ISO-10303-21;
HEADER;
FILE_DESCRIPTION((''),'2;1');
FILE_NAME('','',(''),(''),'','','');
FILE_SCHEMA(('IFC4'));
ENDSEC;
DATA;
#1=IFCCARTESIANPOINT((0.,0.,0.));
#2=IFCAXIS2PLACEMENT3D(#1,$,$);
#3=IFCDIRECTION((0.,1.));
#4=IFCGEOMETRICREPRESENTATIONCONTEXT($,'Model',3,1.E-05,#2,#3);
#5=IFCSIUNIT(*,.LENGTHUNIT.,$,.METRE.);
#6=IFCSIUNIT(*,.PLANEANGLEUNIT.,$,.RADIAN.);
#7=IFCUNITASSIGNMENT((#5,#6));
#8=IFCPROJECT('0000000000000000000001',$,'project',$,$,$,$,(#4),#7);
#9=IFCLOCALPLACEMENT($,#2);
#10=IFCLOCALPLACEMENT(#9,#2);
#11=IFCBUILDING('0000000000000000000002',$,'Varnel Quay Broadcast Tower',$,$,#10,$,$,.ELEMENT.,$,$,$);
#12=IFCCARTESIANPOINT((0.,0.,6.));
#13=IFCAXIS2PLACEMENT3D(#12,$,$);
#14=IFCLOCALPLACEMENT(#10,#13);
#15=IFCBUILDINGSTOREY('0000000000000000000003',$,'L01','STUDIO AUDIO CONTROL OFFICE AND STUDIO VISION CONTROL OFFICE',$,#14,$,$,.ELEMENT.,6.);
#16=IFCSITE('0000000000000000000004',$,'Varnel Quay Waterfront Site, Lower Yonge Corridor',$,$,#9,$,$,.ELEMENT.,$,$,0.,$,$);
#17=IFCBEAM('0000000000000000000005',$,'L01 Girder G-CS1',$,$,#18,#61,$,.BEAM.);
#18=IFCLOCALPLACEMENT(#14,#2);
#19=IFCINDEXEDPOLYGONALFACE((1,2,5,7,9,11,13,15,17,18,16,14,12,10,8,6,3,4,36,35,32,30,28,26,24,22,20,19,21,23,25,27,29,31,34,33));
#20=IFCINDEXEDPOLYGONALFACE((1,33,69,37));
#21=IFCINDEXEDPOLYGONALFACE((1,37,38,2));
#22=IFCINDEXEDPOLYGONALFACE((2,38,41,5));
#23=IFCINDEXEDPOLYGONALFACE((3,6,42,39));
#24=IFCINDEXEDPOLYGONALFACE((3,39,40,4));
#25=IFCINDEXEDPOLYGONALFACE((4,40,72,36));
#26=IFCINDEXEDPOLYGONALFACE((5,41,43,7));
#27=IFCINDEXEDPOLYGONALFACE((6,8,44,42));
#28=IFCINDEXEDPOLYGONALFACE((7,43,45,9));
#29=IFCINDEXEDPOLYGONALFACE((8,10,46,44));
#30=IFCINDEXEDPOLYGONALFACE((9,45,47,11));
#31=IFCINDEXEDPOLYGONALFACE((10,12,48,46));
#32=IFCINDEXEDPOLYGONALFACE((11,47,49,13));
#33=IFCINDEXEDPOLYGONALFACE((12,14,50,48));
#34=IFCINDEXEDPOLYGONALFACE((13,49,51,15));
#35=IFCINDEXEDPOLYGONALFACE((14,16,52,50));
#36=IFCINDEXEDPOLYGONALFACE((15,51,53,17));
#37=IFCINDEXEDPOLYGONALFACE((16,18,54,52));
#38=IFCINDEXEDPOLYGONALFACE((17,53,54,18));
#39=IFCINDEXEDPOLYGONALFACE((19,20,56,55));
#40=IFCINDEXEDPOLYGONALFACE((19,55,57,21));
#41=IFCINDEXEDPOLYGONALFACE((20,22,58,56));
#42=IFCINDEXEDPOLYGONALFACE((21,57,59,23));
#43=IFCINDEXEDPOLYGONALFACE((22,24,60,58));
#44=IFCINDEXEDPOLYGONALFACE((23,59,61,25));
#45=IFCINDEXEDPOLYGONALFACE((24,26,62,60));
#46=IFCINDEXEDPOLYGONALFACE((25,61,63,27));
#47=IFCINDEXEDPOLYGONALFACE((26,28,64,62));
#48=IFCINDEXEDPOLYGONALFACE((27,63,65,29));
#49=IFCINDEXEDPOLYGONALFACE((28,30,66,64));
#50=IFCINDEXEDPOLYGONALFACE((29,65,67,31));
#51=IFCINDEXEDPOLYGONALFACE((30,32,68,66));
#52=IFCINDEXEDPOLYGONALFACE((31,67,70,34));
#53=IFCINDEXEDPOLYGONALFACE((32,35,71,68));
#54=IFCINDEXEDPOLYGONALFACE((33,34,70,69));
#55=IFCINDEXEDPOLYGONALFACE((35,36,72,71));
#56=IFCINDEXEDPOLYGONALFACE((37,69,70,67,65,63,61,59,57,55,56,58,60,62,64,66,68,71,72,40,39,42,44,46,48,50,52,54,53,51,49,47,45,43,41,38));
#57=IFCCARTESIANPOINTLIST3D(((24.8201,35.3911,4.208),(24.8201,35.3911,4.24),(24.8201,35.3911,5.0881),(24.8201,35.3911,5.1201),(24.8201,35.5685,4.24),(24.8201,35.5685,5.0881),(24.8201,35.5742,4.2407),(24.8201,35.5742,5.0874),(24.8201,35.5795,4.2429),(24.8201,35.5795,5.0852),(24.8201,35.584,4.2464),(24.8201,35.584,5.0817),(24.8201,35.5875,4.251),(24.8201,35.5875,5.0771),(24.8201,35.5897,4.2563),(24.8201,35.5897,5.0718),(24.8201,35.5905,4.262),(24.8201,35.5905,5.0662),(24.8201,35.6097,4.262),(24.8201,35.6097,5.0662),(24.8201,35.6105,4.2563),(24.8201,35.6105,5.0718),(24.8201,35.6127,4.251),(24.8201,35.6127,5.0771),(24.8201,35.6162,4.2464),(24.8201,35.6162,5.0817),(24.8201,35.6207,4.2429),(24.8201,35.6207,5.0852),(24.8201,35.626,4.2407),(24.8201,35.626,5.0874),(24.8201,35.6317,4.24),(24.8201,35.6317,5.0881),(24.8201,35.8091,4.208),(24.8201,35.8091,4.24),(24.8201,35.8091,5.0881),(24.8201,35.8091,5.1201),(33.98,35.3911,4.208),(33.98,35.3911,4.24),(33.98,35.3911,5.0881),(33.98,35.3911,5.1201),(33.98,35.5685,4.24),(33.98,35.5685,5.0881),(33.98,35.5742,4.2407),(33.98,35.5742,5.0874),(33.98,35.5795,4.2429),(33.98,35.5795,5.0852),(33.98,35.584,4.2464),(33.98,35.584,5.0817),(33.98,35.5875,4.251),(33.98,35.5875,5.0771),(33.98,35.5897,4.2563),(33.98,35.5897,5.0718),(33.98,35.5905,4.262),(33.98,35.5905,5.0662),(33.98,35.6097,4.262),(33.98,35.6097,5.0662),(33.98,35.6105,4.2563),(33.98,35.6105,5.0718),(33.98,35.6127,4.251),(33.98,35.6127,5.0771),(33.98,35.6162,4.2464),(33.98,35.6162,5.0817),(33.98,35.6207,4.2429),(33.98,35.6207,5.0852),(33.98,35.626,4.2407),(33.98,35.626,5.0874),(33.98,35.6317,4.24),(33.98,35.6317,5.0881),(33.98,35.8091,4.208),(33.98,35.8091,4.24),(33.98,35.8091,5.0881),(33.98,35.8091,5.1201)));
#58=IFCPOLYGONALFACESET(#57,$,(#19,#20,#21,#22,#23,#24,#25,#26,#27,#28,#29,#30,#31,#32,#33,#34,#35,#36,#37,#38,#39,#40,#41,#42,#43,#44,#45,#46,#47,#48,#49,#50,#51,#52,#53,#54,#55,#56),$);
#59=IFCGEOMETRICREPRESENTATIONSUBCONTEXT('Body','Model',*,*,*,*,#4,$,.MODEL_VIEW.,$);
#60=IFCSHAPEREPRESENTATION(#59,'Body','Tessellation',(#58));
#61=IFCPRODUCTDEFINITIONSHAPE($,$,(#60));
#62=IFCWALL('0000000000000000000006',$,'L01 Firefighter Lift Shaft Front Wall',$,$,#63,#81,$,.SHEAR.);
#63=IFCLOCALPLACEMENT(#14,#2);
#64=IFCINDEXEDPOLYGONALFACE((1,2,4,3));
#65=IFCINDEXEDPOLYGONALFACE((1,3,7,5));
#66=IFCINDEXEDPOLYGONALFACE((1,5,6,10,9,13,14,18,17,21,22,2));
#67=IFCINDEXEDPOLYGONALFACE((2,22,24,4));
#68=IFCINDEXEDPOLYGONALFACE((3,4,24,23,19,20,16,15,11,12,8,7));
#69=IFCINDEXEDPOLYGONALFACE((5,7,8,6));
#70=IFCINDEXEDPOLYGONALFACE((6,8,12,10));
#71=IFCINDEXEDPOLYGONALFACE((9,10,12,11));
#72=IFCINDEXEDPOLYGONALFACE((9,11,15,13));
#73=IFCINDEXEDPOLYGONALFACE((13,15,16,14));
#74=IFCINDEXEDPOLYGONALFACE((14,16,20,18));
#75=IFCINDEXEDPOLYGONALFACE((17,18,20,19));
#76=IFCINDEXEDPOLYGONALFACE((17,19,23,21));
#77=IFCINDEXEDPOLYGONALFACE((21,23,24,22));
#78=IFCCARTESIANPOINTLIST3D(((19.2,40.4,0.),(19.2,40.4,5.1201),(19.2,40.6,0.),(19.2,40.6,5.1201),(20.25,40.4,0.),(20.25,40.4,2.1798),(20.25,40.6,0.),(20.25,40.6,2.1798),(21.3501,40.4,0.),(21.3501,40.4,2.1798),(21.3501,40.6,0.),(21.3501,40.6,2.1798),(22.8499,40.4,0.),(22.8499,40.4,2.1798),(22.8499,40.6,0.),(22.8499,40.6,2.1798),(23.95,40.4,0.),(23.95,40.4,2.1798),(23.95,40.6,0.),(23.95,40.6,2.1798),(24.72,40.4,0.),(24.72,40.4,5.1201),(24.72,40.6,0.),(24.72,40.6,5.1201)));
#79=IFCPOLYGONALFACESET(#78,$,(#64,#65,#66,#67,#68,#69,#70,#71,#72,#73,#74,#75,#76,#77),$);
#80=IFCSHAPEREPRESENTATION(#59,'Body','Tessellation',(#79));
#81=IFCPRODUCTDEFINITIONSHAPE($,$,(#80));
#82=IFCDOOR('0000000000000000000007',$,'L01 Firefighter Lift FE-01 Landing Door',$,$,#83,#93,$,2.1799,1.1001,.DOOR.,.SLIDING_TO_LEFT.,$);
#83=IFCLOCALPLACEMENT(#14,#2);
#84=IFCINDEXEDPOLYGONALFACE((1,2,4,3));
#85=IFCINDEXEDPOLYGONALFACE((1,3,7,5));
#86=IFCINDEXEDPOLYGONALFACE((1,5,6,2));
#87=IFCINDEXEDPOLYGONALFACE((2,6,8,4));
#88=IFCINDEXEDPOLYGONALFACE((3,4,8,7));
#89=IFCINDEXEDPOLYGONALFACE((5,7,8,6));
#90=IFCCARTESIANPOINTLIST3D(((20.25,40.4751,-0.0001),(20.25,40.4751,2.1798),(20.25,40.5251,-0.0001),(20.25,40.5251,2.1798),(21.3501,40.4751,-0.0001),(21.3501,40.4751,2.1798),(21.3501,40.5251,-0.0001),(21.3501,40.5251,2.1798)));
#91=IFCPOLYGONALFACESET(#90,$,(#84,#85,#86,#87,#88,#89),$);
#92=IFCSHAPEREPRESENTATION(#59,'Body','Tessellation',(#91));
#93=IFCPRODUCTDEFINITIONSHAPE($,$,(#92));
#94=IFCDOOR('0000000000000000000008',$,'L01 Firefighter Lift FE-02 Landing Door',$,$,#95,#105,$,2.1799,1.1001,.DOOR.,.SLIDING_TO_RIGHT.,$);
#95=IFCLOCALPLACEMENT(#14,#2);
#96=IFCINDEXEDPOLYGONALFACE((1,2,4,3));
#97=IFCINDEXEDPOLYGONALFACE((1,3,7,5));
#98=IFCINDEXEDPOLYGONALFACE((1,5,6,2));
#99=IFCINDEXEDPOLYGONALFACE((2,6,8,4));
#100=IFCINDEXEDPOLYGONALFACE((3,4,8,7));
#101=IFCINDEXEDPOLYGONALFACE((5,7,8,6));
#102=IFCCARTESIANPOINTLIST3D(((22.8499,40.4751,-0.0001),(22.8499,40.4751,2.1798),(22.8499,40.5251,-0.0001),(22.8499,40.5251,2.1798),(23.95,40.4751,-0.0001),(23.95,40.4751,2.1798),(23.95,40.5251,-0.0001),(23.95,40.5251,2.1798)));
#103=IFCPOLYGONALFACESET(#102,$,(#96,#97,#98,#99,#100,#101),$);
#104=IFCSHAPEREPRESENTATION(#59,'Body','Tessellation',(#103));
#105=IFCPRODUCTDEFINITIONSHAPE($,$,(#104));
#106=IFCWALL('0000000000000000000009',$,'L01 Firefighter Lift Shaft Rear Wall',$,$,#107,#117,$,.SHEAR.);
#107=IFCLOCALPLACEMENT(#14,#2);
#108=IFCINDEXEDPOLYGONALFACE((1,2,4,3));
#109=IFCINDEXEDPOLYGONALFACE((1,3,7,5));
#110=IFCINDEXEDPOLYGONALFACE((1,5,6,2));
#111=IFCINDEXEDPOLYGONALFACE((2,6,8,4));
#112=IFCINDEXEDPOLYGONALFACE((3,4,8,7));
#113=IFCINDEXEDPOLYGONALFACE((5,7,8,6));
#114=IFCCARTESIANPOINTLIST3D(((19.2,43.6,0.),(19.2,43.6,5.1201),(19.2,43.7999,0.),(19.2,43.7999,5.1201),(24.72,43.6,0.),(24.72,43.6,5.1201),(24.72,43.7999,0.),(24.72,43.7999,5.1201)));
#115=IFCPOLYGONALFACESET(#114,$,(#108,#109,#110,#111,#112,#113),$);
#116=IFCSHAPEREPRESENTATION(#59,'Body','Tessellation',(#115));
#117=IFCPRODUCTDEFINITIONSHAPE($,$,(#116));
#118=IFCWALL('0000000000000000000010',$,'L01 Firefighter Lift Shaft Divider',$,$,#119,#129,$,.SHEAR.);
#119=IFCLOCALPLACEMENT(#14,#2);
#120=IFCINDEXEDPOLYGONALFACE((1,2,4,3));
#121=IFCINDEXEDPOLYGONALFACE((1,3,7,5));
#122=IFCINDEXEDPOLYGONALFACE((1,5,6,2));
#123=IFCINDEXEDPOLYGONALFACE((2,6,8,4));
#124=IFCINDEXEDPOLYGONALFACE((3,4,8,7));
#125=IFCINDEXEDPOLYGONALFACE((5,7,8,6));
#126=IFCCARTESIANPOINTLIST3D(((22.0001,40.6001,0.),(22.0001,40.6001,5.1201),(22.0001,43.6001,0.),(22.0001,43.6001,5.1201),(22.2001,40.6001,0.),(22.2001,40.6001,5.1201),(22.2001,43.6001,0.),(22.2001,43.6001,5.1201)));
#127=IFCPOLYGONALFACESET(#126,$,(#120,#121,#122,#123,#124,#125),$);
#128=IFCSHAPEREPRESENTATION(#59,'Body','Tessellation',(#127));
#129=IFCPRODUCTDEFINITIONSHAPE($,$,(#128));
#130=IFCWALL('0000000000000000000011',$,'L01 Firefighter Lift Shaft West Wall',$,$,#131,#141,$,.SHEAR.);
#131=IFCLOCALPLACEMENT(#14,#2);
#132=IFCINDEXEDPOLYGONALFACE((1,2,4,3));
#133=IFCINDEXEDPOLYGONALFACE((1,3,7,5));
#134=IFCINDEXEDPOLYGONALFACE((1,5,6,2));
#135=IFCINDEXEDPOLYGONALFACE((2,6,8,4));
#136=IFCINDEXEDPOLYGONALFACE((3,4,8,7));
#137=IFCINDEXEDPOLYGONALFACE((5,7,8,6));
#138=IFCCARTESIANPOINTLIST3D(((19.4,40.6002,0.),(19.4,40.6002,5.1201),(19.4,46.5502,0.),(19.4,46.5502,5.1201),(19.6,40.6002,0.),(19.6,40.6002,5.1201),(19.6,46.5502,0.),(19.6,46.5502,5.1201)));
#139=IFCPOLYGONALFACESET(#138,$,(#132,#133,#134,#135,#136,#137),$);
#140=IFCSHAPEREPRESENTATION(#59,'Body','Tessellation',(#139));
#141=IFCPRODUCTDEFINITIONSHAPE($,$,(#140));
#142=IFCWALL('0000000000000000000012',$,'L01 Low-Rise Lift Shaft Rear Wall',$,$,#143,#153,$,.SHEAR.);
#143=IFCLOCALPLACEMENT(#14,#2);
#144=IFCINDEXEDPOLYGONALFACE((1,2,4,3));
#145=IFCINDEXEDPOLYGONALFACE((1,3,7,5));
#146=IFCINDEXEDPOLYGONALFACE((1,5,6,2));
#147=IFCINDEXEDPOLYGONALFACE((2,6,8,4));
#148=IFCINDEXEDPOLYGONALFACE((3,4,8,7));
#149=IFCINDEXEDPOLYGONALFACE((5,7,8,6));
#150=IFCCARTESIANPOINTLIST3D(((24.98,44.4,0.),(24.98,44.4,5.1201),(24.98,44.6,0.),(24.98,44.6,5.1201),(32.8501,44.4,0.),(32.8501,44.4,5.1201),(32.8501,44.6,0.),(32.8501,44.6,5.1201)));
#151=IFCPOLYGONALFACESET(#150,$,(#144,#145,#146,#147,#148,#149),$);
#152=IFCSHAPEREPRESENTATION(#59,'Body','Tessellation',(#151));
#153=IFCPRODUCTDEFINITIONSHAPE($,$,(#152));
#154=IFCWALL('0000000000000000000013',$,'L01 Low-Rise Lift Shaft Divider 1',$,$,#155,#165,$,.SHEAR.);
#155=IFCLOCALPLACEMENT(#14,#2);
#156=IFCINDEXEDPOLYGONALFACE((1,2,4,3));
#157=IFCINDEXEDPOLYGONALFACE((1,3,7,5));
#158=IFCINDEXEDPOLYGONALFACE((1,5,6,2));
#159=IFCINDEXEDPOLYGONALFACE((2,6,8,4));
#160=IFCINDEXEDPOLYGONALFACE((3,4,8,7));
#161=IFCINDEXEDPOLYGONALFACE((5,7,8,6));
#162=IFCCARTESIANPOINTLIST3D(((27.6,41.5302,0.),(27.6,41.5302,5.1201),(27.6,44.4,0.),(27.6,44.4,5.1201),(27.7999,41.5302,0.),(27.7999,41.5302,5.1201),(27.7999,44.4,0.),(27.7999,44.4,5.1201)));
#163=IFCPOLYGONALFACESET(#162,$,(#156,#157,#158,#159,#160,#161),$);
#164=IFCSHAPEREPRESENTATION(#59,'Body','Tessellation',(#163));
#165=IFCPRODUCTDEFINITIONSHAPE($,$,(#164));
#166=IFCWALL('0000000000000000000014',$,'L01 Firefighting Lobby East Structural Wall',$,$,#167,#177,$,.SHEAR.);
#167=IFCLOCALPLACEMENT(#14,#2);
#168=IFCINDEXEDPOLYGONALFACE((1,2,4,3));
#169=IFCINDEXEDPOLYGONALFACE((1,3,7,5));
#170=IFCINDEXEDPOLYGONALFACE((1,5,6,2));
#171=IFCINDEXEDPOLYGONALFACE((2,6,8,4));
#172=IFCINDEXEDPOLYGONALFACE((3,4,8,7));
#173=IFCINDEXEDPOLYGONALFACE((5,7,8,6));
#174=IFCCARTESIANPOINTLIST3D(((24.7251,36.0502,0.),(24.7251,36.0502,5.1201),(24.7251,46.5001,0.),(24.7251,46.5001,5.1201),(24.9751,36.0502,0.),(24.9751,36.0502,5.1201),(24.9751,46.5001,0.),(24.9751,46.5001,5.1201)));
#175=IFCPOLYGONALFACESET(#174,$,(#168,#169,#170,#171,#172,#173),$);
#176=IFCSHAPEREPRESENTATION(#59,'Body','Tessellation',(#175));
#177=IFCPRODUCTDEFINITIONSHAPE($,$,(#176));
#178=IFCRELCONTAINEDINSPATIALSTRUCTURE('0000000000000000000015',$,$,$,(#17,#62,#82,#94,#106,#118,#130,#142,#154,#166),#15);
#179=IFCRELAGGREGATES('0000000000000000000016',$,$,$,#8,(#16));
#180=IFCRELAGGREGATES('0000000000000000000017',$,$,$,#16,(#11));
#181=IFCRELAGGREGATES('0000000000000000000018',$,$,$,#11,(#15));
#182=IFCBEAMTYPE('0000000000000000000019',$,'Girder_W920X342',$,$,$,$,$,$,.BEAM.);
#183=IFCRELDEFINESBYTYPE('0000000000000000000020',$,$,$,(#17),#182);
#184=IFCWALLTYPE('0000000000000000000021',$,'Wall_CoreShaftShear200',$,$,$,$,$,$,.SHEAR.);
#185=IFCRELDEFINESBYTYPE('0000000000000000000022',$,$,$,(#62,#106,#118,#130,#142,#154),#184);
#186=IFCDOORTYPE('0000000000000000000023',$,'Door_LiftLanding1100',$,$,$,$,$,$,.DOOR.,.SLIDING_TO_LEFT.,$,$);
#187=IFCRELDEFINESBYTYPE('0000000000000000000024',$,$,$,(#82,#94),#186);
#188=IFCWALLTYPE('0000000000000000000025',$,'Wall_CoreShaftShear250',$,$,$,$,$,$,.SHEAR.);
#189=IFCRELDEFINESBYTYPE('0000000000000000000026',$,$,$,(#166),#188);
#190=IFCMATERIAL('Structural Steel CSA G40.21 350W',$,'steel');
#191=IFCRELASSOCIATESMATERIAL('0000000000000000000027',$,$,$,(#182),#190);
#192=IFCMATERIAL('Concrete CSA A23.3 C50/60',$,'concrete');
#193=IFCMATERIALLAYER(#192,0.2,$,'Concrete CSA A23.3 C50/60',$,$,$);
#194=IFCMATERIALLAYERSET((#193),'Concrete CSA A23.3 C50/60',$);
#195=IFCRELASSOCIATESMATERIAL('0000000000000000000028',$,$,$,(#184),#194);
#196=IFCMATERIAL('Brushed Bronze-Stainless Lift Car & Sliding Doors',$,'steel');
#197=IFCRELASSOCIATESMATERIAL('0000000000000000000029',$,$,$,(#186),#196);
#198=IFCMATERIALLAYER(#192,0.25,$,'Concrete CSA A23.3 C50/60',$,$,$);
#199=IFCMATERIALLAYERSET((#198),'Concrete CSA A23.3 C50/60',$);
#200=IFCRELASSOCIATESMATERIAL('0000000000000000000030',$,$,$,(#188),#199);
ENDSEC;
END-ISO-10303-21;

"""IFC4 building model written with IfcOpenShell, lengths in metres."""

from ifc_helpers import new_model, si_unit, direction, frame, frame_2d, origin, origin_2d, place, context, subcontext, project, spatial, rectangle, i_section, extrude, source, transform, mapped, material, layer, layer_set, material_profile, profile_set, type_object, type_shapes, element, fill, save


model = new_model("IFC4")

# Units and contexts
model_context = context("Model", 3, precision=1e-05, world=origin(), true_north=direction((0.0, 1.0)))
body_context = subcontext(model_context, "Body", "Model", "MODEL_VIEW")
ifc_project = project(units=[si_unit("LENGTHUNIT", "METRE"), si_unit("PLANEANGLEUNIT", "RADIAN")], contexts=[model_context])

# Site, building, storey
site_placement = place(None, origin())
site = spatial("IfcSite", under=ifc_project, at=site_placement, Name="Varnel Quay Waterfront Site, Lower Yonge Corridor", CompositionType="ELEMENT", RefElevation=0.0)
building_placement = place(site_placement, origin())
building = spatial("IfcBuilding", under=site, at=building_placement, Name="Varnel Quay Broadcast Tower", CompositionType="ELEMENT")
storey_placement = place(building_placement, frame((0.0, 0.0, 6.0)))
storey = spatial("IfcBuildingStorey", under=building, at=storey_placement, Name="L01", Description="STUDIO AUDIO CONTROL OFFICE AND STUDIO VISION CONTROL OFFICE", CompositionType="ELEMENT", Elevation=6.0)

# Beam
ifc_material_1 = material(Name="Structural Steel CSA G40.21 350W", Category="steel")
ifc_material_profile_1 = material_profile(ifc_material_1, i_section(OverallWidth=0.418, OverallDepth=0.9121, WebThickness=0.0193, FlangeThickness=0.032, FilletRadius=0.022, at=origin_2d()), Name="W920X342")
ifc_profile_set_1 = profile_set([ifc_material_profile_1], Name="Structural Steel CSA G40.21 350W")
beam_type_1 = type_object("IfcBeamType", Name="Girder_W920X342", PredefinedType="BEAM", material=ifc_profile_set_1)
shared_shape_1 = source(origin(), body_context, "Body", "SweptSolid", [
    extrude(i_section(OverallWidth=0.418, OverallDepth=0.9121, WebThickness=0.0193, FlangeThickness=0.032, FilletRadius=0.022, at=origin_2d()), origin(), (0.0, 0.0, 1.0), 9.1599),
])
type_shapes(beam_type_1, [shared_shape_1])
beam_1_placement = place(storey_placement, frame((24.8201, 35.6001, 4.6641), z_axis=(1.0, 0.0, 0.0), x_axis=(0.0, 1.0, 0.0)))
element("IfcBeam", 1, at=beam_1_placement, inside=storey, type_object=beam_type_1, Name="L01 Girder G-CS1", PredefinedType="BEAM", context=body_context, shape_type="MappedRepresentation", body=[
    mapped(shared_shape_1, transform((0.0, 0.0, 0.0), x_axis=(1.0, 0.0, 0.0), y_axis=(0.0, 1.0, 0.0), z_axis=(0.0, 0.0, 1.0), scale=1.0)),
])

# Wall, openings, doors
ifc_material_2 = material(Name="Concrete CSA A23.3 C50/60", Category="concrete")
ifc_layer_1 = layer(ifc_material_2, 0.2, Name="Concrete CSA A23.3 C50/60")
ifc_layer_set_1 = layer_set([ifc_layer_1], Name="Concrete CSA A23.3 C50/60")
wall_type_1 = type_object("IfcWallType", Name="Wall_CoreShaftShear200", PredefinedType="SHEAR", material=ifc_layer_set_1)
wall_1_placement = place(storey_placement, frame((19.2, 40.5, 0.0), z_axis=(0.0, 0.0, 1.0), x_axis=(1.0, 0.0, 0.0)))
wall_1 = element("IfcWall", 2, at=wall_1_placement, inside=storey, type_object=wall_type_1, Name="L01 Firefighter Lift Shaft Front Wall", PredefinedType="SHEAR", context=body_context, shape_type="SweptSolid", body=[
    extrude(rectangle(XDim=5.52, YDim=0.2, at=frame_2d((2.76, 0.0))), origin(), (0.0, 0.0, 1.0), 5.1201),
])
opening_1_placement = place(wall_1_placement, frame((1.05, 0.0, 0.0)))
opening_1 = element("IfcOpeningElement", 3, at=opening_1_placement, cuts=wall_1, PredefinedType="OPENING", context=body_context, shape_type="SweptSolid", body=[
    extrude(rectangle(XDim=1.1001, YDim=2.1799, at=frame_2d((0.55, 1.0898))), frame((0.0, 0.1099, 0.0), z_axis=(0.0, -1.0, 0.0), x_axis=(1.0, 0.0, 0.0)), (0.0, 0.0, 1.0), 0.22),
])
opening_2_placement = place(wall_1_placement, frame((3.6499, 0.0, 0.0)))
opening_2 = element("IfcOpeningElement", 4, at=opening_2_placement, cuts=wall_1, PredefinedType="OPENING", context=body_context, shape_type="SweptSolid", body=[
    extrude(rectangle(XDim=1.1001, YDim=2.1799, at=frame_2d((0.55, 1.0898))), frame((0.0, 0.1099, 0.0), z_axis=(0.0, -1.0, 0.0), x_axis=(1.0, 0.0, 0.0)), (0.0, 0.0, 1.0), 0.22),
])
ifc_material_3 = material(Name="Brushed Bronze-Stainless Lift Car & Sliding Doors", Category="steel")
door_type_1 = type_object("IfcDoorType", Name="Door_LiftLanding1100", OperationType="SLIDING_TO_LEFT", PredefinedType="DOOR", material=ifc_material_3)
shared_shape_2 = source(origin(), body_context, "Body", "SweptSolid", [
    extrude(rectangle(XDim=1.1001, YDim=2.1799, at=frame_2d((0.55, 1.0898))), frame((0.0, 0.0249, 0.0), z_axis=(0.0, -1.0, 0.0), x_axis=(1.0, 0.0, 0.0)), (0.0, 0.0, 1.0), 0.05),
])
type_shapes(door_type_1, [shared_shape_2])
door_1_placement = place(opening_1_placement, frame((1.1001, 0.0, 0.0), z_axis=(0.0, 0.0, 1.0), x_axis=(-1.0, 0.0, 0.0)))
door_1 = element("IfcDoor", 5, at=door_1_placement, inside=storey, type_object=door_type_1, Name="L01 Firefighter Lift FE-01 Landing Door", OperationType="SLIDING_TO_LEFT", OverallHeight=2.1799, OverallWidth=1.1001, PredefinedType="DOOR", context=body_context, shape_type="MappedRepresentation", body=[
    mapped(shared_shape_2, transform((0.0, 0.0, 0.0), x_axis=(1.0, 0.0, 0.0), y_axis=(0.0, 1.0, 0.0), z_axis=(0.0, 0.0, 1.0), scale=1.0)),
])
fill(opening_1, door_1)
door_2_placement = place(opening_2_placement, frame((1.1001, 0.0, 0.0), z_axis=(0.0, 0.0, 1.0), x_axis=(-1.0, 0.0, 0.0)))
door_2 = element("IfcDoor", 6, at=door_2_placement, inside=storey, type_object=door_type_1, Name="L01 Firefighter Lift FE-02 Landing Door", OperationType="SLIDING_TO_RIGHT", OverallHeight=2.1799, OverallWidth=1.1001, PredefinedType="DOOR", context=body_context, shape_type="MappedRepresentation", body=[
    mapped(shared_shape_2, transform((0.0, 0.0, 0.0), x_axis=(1.0, 0.0, 0.0), y_axis=(0.0, 1.0, 0.0), z_axis=(0.0, 0.0, 1.0), scale=1.0)),
])
fill(opening_2, door_2)

# Walls
wall_2_placement = place(storey_placement, frame((19.2, 43.7, 0.0), z_axis=(0.0, 0.0, 1.0), x_axis=(1.0, 0.0, 0.0)))
element("IfcWall", 7, at=wall_2_placement, inside=storey, type_object=wall_type_1, Name="L01 Firefighter Lift Shaft Rear Wall", PredefinedType="SHEAR", context=body_context, shape_type="SweptSolid", body=[
    extrude(rectangle(XDim=5.52, YDim=0.2, at=frame_2d((2.76, 0.0))), origin(), (0.0, 0.0, 1.0), 5.1201),
])
wall_3_placement = place(storey_placement, frame((22.1001, 40.6001, 0.0), z_axis=(0.0, 0.0, 1.0), x_axis=(0.0, 1.0, 0.0)))
element("IfcWall", 8, at=wall_3_placement, inside=storey, type_object=wall_type_1, Name="L01 Firefighter Lift Shaft Divider", PredefinedType="SHEAR", context=body_context, shape_type="SweptSolid", body=[
    extrude(rectangle(XDim=3.0, YDim=0.2, at=frame_2d((1.5, 0.0))), origin(), (0.0, 0.0, 1.0), 5.1201),
])
wall_4_placement = place(storey_placement, frame((19.5, 40.6001, 0.0), z_axis=(0.0, 0.0, 1.0), x_axis=(0.0, 1.0, 0.0)))
element("IfcWall", 9, at=wall_4_placement, inside=storey, type_object=wall_type_1, Name="L01 Firefighter Lift Shaft West Wall", PredefinedType="SHEAR", context=body_context, shape_type="SweptSolid", body=[
    extrude(rectangle(XDim=5.95, YDim=0.2, at=frame_2d((2.9751, 0.0))), origin(), (0.0, 0.0, 1.0), 5.1201),
])
wall_5_placement = place(storey_placement, frame((24.98, 44.5, 0.0), z_axis=(0.0, 0.0, 1.0), x_axis=(1.0, 0.0, 0.0)))
element("IfcWall", 10, at=wall_5_placement, inside=storey, type_object=wall_type_1, Name="L01 Low-Rise Lift Shaft Rear Wall", PredefinedType="SHEAR", context=body_context, shape_type="SweptSolid", body=[
    extrude(rectangle(XDim=7.8701, YDim=0.2, at=frame_2d((3.9351, 0.0))), origin(), (0.0, 0.0, 1.0), 5.1201),
])
wall_6_placement = place(storey_placement, frame((27.7, 41.53, 0.0), z_axis=(0.0, 0.0, 1.0), x_axis=(0.0, 1.0, 0.0)))
element("IfcWall", 11, at=wall_6_placement, inside=storey, type_object=wall_type_1, Name="L01 Low-Rise Lift Shaft Divider 1", PredefinedType="SHEAR", context=body_context, shape_type="SweptSolid", body=[
    extrude(rectangle(XDim=2.8699, YDim=0.2, at=frame_2d((1.4351, 0.0))), origin(), (0.0, 0.0, 1.0), 5.1201),
])
ifc_layer_2 = layer(ifc_material_2, 0.25, Name="Concrete CSA A23.3 C50/60")
ifc_layer_set_2 = layer_set([ifc_layer_2], Name="Concrete CSA A23.3 C50/60")
wall_type_2 = type_object("IfcWallType", Name="Wall_CoreShaftShear250", PredefinedType="SHEAR", material=ifc_layer_set_2)
wall_7_placement = place(storey_placement, frame((24.8501, 36.05, 0.0), z_axis=(0.0, 0.0, 1.0), x_axis=(0.0, 1.0, 0.0)))
element("IfcWall", 12, at=wall_7_placement, inside=storey, type_object=wall_type_2, Name="L01 Firefighting Lobby East Structural Wall", PredefinedType="SHEAR", context=body_context, shape_type="SweptSolid", body=[
    extrude(rectangle(XDim=10.45, YDim=0.25, at=frame_2d((5.2251, 0.0))), origin(), (0.0, 0.0, 1.0), 5.1201),
])

save(model, "model.ifc")
